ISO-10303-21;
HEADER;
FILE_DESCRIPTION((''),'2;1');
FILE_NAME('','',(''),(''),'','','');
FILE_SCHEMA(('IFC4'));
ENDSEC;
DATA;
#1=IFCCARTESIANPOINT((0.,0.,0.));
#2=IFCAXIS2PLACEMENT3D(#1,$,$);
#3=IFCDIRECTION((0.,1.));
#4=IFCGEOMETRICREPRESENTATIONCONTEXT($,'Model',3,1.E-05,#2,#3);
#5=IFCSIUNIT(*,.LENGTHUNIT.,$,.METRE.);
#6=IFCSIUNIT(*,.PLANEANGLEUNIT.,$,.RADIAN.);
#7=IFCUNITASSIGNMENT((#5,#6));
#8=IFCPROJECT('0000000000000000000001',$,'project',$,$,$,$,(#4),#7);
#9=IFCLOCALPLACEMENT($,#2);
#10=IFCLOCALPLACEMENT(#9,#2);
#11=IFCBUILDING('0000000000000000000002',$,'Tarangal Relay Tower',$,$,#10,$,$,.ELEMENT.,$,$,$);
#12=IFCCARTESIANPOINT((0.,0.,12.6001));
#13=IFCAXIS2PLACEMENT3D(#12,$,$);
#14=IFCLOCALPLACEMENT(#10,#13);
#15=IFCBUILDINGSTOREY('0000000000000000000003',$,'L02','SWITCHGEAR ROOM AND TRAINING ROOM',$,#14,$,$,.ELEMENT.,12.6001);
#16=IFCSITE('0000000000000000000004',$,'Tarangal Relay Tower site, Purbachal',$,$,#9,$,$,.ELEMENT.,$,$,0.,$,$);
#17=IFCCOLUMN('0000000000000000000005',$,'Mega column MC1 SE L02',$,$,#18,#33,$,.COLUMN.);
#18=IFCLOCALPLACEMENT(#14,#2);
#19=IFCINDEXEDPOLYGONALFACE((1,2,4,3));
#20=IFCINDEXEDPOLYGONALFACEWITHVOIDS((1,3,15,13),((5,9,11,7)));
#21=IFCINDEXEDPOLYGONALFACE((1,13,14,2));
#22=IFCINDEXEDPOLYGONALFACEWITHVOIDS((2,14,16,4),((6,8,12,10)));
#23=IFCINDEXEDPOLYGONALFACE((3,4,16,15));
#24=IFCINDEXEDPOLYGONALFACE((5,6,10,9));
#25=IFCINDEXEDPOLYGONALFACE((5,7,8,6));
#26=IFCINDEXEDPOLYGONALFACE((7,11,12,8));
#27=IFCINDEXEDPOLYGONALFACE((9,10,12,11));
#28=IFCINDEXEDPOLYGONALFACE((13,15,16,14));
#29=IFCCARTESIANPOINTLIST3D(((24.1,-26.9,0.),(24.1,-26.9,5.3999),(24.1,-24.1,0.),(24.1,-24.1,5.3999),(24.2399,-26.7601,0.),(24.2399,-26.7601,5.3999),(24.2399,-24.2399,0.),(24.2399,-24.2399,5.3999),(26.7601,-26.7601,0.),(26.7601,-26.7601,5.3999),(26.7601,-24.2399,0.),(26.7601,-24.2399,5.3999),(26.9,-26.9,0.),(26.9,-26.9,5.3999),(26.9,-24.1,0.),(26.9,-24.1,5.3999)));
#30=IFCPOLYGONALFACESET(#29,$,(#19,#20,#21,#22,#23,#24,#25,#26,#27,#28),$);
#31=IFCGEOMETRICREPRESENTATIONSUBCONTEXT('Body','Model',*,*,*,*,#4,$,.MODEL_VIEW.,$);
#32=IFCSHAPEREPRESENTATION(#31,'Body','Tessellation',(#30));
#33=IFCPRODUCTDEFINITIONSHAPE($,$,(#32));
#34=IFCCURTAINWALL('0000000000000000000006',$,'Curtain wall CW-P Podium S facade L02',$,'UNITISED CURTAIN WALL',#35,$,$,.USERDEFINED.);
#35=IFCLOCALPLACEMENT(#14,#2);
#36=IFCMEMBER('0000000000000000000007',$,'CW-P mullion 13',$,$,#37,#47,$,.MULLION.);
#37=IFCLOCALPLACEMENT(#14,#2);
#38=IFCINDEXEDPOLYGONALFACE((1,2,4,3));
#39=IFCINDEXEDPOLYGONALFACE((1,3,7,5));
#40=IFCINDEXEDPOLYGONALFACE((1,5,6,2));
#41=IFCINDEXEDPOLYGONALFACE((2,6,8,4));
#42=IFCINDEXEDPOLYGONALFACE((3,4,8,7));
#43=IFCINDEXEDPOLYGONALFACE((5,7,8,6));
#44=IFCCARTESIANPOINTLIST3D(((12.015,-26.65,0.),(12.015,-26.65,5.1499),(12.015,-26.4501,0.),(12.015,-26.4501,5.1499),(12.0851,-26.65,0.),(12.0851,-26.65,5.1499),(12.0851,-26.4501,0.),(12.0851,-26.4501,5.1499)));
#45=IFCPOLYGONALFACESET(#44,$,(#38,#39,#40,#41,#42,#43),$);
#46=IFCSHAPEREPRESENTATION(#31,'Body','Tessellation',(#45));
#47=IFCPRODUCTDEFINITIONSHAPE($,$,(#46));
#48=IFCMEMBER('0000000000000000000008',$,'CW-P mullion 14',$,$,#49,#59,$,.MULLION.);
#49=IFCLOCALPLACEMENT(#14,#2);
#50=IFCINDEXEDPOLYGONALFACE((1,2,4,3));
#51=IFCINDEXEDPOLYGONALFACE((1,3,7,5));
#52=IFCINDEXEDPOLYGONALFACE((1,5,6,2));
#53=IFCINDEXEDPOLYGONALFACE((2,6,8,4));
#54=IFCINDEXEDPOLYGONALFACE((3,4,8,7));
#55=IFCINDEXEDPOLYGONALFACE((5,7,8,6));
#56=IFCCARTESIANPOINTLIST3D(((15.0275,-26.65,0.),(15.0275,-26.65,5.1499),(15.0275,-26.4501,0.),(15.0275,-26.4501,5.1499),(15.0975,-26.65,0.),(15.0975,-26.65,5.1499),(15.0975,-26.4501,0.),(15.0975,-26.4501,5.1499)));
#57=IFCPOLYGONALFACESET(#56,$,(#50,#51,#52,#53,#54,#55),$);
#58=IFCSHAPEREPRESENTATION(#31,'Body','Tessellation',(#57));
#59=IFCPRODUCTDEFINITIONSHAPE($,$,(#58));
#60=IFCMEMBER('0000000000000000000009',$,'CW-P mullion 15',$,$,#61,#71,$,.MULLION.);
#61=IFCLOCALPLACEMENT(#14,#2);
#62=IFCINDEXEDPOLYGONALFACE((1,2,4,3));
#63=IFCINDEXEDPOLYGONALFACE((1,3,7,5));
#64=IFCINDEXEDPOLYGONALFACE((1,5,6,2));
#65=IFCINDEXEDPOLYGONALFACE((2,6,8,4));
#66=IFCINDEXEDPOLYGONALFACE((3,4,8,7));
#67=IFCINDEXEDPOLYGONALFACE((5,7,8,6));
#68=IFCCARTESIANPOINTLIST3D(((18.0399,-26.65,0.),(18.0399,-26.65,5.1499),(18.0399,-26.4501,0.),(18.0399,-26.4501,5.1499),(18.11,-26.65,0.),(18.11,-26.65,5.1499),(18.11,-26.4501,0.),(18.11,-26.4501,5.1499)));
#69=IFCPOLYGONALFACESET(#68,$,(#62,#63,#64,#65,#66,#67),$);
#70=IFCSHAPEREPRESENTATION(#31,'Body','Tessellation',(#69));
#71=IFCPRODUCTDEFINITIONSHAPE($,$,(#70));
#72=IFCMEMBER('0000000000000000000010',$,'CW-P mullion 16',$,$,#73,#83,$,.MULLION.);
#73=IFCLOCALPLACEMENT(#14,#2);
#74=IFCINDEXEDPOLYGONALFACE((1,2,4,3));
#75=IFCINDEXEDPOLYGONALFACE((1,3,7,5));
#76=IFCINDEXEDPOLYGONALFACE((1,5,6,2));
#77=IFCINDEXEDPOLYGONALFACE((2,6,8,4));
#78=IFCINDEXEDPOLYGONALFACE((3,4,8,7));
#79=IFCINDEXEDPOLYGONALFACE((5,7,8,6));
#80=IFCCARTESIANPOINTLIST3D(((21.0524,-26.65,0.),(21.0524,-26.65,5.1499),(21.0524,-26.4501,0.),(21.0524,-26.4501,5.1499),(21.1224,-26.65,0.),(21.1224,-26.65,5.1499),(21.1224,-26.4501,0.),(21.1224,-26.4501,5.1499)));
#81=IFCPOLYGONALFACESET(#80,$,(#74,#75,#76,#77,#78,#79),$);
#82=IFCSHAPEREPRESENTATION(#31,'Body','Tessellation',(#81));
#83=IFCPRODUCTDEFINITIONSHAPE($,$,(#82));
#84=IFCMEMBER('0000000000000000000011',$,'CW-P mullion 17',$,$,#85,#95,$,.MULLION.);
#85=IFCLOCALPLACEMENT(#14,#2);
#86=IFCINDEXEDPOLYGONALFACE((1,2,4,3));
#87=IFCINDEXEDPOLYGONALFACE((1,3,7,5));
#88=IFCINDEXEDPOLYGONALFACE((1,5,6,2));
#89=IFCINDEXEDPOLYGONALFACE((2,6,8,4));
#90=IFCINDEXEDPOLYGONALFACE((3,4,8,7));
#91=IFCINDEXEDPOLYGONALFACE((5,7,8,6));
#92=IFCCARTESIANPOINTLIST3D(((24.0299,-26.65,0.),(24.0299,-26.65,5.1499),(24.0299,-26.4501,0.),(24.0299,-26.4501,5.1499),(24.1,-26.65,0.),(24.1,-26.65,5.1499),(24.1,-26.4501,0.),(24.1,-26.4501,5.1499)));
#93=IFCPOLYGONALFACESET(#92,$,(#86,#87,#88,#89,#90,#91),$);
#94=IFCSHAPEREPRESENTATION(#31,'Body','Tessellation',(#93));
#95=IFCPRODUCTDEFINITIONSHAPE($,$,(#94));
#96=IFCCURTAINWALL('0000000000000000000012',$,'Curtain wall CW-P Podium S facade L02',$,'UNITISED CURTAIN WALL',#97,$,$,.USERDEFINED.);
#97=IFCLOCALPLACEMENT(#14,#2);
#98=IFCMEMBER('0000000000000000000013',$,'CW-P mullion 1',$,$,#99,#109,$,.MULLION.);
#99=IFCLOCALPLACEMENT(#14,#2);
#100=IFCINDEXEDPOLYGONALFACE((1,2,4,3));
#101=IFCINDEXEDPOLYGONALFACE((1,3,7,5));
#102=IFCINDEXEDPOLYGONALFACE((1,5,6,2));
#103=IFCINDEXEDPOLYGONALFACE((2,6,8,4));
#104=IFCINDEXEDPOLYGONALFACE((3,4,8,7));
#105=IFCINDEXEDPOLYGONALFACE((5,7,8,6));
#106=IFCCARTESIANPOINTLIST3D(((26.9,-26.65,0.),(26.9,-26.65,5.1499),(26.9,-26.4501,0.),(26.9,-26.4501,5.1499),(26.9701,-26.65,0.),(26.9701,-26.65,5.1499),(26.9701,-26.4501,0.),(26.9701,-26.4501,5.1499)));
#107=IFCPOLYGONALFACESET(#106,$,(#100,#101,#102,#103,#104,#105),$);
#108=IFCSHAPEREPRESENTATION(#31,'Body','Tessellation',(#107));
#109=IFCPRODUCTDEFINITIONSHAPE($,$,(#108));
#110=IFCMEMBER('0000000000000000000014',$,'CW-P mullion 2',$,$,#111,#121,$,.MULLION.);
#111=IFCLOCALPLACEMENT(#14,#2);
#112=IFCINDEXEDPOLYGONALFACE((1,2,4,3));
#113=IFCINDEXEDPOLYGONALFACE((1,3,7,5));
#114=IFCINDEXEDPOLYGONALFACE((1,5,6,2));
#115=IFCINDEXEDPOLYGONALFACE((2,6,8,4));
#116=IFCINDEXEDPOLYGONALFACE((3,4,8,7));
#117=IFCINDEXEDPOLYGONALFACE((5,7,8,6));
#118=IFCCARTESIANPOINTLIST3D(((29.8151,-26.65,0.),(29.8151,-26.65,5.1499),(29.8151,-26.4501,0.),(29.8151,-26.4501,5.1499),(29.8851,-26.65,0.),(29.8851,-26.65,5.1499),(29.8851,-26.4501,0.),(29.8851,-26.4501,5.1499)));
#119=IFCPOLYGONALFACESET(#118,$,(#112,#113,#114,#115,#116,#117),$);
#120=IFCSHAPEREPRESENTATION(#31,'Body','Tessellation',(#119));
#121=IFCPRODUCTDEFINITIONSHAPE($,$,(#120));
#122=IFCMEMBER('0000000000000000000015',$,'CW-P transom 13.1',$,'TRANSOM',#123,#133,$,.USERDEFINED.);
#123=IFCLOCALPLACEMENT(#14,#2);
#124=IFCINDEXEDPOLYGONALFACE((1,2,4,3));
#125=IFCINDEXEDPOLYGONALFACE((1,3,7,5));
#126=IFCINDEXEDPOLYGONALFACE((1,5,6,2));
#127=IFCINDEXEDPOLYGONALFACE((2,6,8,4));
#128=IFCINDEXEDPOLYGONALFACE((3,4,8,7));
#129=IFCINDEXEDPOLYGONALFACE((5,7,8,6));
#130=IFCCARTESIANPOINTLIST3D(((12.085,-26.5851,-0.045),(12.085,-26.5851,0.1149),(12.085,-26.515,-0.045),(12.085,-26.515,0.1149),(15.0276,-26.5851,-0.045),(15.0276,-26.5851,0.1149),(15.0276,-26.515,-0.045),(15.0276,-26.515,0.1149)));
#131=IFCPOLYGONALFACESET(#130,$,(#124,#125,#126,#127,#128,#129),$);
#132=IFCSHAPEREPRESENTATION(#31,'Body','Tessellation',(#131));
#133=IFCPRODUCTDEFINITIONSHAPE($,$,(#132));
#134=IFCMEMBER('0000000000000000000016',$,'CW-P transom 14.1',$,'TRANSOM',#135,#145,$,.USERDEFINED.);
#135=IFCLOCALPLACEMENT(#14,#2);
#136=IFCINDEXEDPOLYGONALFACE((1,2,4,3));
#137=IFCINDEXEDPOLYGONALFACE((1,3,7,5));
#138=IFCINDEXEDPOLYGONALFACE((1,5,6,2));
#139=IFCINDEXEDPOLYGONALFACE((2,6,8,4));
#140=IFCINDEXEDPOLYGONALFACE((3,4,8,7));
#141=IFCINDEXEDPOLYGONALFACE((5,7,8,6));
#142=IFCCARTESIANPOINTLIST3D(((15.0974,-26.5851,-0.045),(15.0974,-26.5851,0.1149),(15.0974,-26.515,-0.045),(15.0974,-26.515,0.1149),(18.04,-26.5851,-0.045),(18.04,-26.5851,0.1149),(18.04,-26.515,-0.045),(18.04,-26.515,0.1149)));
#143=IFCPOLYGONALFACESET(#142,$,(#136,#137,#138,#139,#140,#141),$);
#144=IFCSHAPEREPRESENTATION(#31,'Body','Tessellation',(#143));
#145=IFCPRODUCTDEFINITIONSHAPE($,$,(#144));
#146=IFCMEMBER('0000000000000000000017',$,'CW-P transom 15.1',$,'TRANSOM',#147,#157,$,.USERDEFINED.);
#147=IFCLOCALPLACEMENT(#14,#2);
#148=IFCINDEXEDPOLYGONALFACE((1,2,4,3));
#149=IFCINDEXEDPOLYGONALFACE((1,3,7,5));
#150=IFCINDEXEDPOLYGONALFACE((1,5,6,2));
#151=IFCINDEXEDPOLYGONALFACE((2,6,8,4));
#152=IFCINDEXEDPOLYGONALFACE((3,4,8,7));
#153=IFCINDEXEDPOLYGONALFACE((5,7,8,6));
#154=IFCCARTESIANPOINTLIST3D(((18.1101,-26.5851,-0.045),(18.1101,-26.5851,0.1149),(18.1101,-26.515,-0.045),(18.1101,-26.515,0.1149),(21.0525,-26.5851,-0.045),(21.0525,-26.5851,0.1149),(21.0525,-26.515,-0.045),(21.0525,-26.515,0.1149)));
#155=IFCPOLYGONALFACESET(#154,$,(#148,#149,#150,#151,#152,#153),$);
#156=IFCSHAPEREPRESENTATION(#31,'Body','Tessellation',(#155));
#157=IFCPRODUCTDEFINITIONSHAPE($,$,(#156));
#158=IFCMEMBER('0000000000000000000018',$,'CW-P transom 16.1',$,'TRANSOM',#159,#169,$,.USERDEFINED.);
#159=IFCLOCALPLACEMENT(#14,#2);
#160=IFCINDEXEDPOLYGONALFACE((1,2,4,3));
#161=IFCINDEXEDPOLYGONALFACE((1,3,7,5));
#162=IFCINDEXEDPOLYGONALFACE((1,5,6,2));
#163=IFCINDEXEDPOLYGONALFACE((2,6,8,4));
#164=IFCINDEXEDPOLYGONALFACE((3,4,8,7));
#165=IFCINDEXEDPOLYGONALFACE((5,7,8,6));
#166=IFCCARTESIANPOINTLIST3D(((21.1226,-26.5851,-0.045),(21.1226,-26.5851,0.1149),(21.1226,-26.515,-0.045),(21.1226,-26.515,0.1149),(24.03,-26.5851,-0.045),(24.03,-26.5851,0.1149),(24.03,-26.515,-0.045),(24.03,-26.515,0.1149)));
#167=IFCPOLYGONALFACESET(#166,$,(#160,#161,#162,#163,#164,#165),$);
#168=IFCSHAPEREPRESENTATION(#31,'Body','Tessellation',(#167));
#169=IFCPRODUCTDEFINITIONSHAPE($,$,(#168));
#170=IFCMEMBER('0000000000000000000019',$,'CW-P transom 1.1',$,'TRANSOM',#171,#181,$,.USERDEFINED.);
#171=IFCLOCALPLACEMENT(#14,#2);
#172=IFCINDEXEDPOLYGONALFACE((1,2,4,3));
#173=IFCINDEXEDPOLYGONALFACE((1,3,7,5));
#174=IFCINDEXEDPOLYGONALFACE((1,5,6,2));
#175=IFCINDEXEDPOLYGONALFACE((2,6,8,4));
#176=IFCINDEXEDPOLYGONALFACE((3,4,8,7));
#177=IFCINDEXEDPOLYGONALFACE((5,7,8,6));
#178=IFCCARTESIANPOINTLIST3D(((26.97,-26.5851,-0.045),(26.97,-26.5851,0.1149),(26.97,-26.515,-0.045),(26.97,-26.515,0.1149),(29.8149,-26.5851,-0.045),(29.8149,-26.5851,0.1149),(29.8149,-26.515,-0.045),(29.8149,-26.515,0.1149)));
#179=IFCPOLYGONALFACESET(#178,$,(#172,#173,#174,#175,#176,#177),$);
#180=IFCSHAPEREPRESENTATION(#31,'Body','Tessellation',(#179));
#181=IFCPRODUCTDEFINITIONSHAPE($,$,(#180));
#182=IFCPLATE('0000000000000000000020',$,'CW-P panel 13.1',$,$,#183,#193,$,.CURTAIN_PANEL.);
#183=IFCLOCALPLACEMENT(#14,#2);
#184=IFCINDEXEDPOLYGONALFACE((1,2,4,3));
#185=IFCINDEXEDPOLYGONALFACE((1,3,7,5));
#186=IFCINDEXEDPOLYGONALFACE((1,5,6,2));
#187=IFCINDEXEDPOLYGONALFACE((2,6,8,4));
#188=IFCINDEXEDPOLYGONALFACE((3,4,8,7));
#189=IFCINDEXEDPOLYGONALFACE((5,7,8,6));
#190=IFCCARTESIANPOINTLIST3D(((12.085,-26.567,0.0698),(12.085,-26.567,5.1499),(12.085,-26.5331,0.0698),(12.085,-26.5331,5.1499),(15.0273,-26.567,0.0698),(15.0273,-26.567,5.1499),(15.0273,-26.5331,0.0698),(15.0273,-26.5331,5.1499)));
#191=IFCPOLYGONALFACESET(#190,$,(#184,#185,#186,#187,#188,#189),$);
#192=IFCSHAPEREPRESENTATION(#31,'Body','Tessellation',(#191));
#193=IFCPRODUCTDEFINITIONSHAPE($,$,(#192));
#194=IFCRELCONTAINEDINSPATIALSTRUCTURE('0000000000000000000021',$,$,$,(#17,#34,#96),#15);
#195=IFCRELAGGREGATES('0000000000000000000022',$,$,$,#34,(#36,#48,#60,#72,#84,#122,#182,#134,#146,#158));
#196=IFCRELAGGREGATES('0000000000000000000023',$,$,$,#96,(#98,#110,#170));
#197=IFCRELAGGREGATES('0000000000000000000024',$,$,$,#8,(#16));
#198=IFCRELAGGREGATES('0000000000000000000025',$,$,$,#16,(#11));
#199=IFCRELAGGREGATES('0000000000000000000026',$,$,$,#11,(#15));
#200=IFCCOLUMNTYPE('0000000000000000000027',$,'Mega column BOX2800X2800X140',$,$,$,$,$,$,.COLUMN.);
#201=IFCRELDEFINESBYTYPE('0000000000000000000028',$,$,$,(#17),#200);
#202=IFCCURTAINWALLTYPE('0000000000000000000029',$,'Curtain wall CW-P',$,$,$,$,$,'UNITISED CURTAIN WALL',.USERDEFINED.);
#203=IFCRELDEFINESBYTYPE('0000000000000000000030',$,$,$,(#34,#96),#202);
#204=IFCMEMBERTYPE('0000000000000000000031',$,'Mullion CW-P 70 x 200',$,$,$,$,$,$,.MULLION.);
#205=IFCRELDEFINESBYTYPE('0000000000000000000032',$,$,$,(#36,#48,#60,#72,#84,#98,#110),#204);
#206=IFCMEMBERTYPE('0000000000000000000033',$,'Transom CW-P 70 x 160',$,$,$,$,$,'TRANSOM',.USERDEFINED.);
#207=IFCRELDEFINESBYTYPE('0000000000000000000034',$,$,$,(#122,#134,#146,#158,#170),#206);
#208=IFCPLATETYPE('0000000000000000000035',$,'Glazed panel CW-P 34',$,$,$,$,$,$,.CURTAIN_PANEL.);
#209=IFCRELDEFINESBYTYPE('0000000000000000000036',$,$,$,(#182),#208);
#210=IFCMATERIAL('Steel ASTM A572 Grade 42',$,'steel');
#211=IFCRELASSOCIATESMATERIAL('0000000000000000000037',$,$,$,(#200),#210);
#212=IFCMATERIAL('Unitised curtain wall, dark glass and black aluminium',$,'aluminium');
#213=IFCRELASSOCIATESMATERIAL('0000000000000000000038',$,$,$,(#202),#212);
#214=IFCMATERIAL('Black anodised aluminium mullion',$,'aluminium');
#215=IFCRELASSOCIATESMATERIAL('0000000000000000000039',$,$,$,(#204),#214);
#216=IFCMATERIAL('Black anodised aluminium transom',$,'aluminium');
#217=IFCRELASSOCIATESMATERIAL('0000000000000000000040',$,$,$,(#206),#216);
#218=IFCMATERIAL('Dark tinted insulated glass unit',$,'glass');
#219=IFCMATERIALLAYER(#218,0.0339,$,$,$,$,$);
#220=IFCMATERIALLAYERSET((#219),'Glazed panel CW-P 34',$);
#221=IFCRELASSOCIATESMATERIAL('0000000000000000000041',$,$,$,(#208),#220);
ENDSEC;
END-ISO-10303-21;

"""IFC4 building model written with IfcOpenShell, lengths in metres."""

from ifc_helpers import new_model, si_unit, direction, frame, origin, origin_2d, place, context, subcontext, project, spatial, rectangle, hollow_rectangle, extrude, material, layer, layer_set, material_profile, profile_set, type_object, element, aggregate, save


model = new_model("IFC4")

# Units and contexts
model_context = context("Model", 3, precision=1e-05, world=origin(), true_north=direction((0.0, 1.0)))
body_context = subcontext(model_context, "Body", "Model", "MODEL_VIEW")
ifc_project = project(units=[si_unit("LENGTHUNIT", "METRE"), si_unit("PLANEANGLEUNIT", "RADIAN")], contexts=[model_context])

# Site, building, storey
site_placement = place(None, origin())
site = spatial("IfcSite", under=ifc_project, at=site_placement, Name="Tarangal Relay Tower site, Purbachal", CompositionType="ELEMENT", RefElevation=0.0)
building_placement = place(site_placement, origin())
building = spatial("IfcBuilding", under=site, at=building_placement, Name="Tarangal Relay Tower", CompositionType="ELEMENT")
storey_placement = place(building_placement, frame((0.0, 0.0, 12.6001)))
storey = spatial("IfcBuildingStorey", under=building, at=storey_placement, Name="L02", Description="SWITCHGEAR ROOM AND TRAINING ROOM", CompositionType="ELEMENT", Elevation=12.6001)

# Column
ifc_material_1 = material(Name="Steel ASTM A572 Grade 42", Category="steel")
ifc_material_profile_1 = material_profile(ifc_material_1, hollow_rectangle(XDim=2.8, YDim=2.8, WallThickness=0.1399, at=origin_2d()), Name="BOX2800X2800X140")
ifc_profile_set_1 = profile_set([ifc_material_profile_1], Name="Steel ASTM A572 Grade 42")
column_type = type_object("IfcColumnType", Name="Mega column BOX2800X2800X140", PredefinedType="COLUMN", material=ifc_profile_set_1)
column_placement = place(storey_placement, frame((25.5, -25.5, 0.0), z_axis=(0.0, 0.0, 1.0), x_axis=(1.0, 0.0, 0.0)))
element("IfcColumn", 1, at=column_placement, inside=storey, type_object=column_type, Name="Mega column MC1 SE L02", PredefinedType="COLUMN", context=body_context, shape_type="SweptSolid", body=[
    extrude(hollow_rectangle(XDim=2.8, YDim=2.8, WallThickness=0.1399, at=origin_2d()), origin(), (0.0, 0.0, 1.0), 5.3999),
])

# Curtain walls, members
ifc_material_2 = material(Name="Unitised curtain wall, dark glass and black aluminium", Category="aluminium")
curtain_wall_type = type_object("IfcCurtainWallType", Name="Curtain wall CW-P", ElementType="UNITISED CURTAIN WALL", PredefinedType="USERDEFINED", material=ifc_material_2)
curtain_wall_1_placement = place(storey_placement, origin())
curtain_wall_1 = element("IfcCurtainWall", 2, at=curtain_wall_1_placement, inside=storey, type_object=curtain_wall_type, Name="Curtain wall CW-P Podium S facade L02", ObjectType="UNITISED CURTAIN WALL", PredefinedType="USERDEFINED")
ifc_material_3 = material(Name="Black anodised aluminium mullion", Category="aluminium")
ifc_material_profile_2 = material_profile(ifc_material_3, rectangle(XDim=0.2, YDim=0.0701, at=origin_2d()), Name="CW-PM 70X200")
ifc_profile_set_2 = profile_set([ifc_material_profile_2], Name="Black anodised aluminium mullion")
member_type_1 = type_object("IfcMemberType", Name="Mullion CW-P 70 x 200", PredefinedType="MULLION", material=ifc_profile_set_2)
member_1_placement = place(storey_placement, frame((12.05, -26.55, 0.0), z_axis=(0.0, 0.0, 1.0), x_axis=(0.0, 1.0, 0.0)))
member_1 = element("IfcMember", 3, at=member_1_placement, type_object=member_type_1, Name="CW-P mullion 13", PredefinedType="MULLION", context=body_context, shape_type="SweptSolid", body=[
    extrude(rectangle(XDim=0.2, YDim=0.0701, at=origin_2d()), origin(), (0.0, 0.0, 1.0), 5.1499),
])
member_2_placement = place(storey_placement, frame((15.0625, -26.55, 0.0), z_axis=(0.0, 0.0, 1.0), x_axis=(0.0, 1.0, 0.0)))
member_2 = element("IfcMember", 4, at=member_2_placement, type_object=member_type_1, Name="CW-P mullion 14", PredefinedType="MULLION", context=body_context, shape_type="SweptSolid", body=[
    extrude(rectangle(XDim=0.2, YDim=0.0701, at=origin_2d()), origin(), (0.0, 0.0, 1.0), 5.1499),
])
member_3_placement = place(storey_placement, frame((18.075, -26.55, 0.0), z_axis=(0.0, 0.0, 1.0), x_axis=(0.0, 1.0, 0.0)))
member_3 = element("IfcMember", 5, at=member_3_placement, type_object=member_type_1, Name="CW-P mullion 15", PredefinedType="MULLION", context=body_context, shape_type="SweptSolid", body=[
    extrude(rectangle(XDim=0.2, YDim=0.0701, at=origin_2d()), origin(), (0.0, 0.0, 1.0), 5.1499),
])
member_4_placement = place(storey_placement, frame((21.0874, -26.55, 0.0), z_axis=(0.0, 0.0, 1.0), x_axis=(0.0, 1.0, 0.0)))
member_4 = element("IfcMember", 6, at=member_4_placement, type_object=member_type_1, Name="CW-P mullion 16", PredefinedType="MULLION", context=body_context, shape_type="SweptSolid", body=[
    extrude(rectangle(XDim=0.2, YDim=0.0701, at=origin_2d()), origin(), (0.0, 0.0, 1.0), 5.1499),
])
member_5_placement = place(storey_placement, frame((24.0649, -26.55, 0.0), z_axis=(0.0, 0.0, 1.0), x_axis=(0.0, 1.0, 0.0)))
member_5 = element("IfcMember", 7, at=member_5_placement, type_object=member_type_1, Name="CW-P mullion 17", PredefinedType="MULLION", context=body_context, shape_type="SweptSolid", body=[
    extrude(rectangle(XDim=0.2, YDim=0.0701, at=origin_2d()), origin(), (0.0, 0.0, 1.0), 5.1499),
])
curtain_wall_2_placement = place(storey_placement, origin())
curtain_wall_2 = element("IfcCurtainWall", 8, at=curtain_wall_2_placement, inside=storey, type_object=curtain_wall_type, Name="Curtain wall CW-P Podium S facade L02", ObjectType="UNITISED CURTAIN WALL", PredefinedType="USERDEFINED")
member_6_placement = place(storey_placement, frame((26.9351, -26.55, 0.0), z_axis=(0.0, 0.0, 1.0), x_axis=(0.0, 1.0, 0.0)))
member_6 = element("IfcMember", 9, at=member_6_placement, type_object=member_type_1, Name="CW-P mullion 1", PredefinedType="MULLION", context=body_context, shape_type="SweptSolid", body=[
    extrude(rectangle(XDim=0.2, YDim=0.0701, at=origin_2d()), origin(), (0.0, 0.0, 1.0), 5.1499),
])
member_7_placement = place(storey_placement, frame((29.8501, -26.55, 0.0), z_axis=(0.0, 0.0, 1.0), x_axis=(0.0, 1.0, 0.0)))
member_7 = element("IfcMember", 10, at=member_7_placement, type_object=member_type_1, Name="CW-P mullion 2", PredefinedType="MULLION", context=body_context, shape_type="SweptSolid", body=[
    extrude(rectangle(XDim=0.2, YDim=0.0701, at=origin_2d()), origin(), (0.0, 0.0, 1.0), 5.1499),
])

# Members
ifc_material_4 = material(Name="Black anodised aluminium transom", Category="aluminium")
ifc_material_profile_3 = material_profile(ifc_material_4, rectangle(XDim=0.0701, YDim=0.1599, at=origin_2d()), Name="CW-PT 70X160")
ifc_profile_set_3 = profile_set([ifc_material_profile_3], Name="Black anodised aluminium transom")
member_type_2 = type_object("IfcMemberType", Name="Transom CW-P 70 x 160", ElementType="TRANSOM", PredefinedType="USERDEFINED", material=ifc_profile_set_3)
member_8_placement = place(storey_placement, frame((12.085, -26.55, 0.0349), z_axis=(1.0, 0.0, 0.0), x_axis=(0.0, 1.0, 0.0)))
member_8 = element("IfcMember", 11, at=member_8_placement, type_object=member_type_2, Name="CW-P transom 13.1", ObjectType="TRANSOM", PredefinedType="USERDEFINED", context=body_context, shape_type="SweptSolid", body=[
    extrude(rectangle(XDim=0.0701, YDim=0.1599, at=origin_2d()), origin(), (0.0, 0.0, 1.0), 2.9426),
])
member_9_placement = place(storey_placement, frame((15.0974, -26.55, 0.0349), z_axis=(1.0, 0.0, 0.0), x_axis=(0.0, 1.0, 0.0)))
member_9 = element("IfcMember", 12, at=member_9_placement, type_object=member_type_2, Name="CW-P transom 14.1", ObjectType="TRANSOM", PredefinedType="USERDEFINED", context=body_context, shape_type="SweptSolid", body=[
    extrude(rectangle(XDim=0.0701, YDim=0.1599, at=origin_2d()), origin(), (0.0, 0.0, 1.0), 2.9426),
])
member_10_placement = place(storey_placement, frame((18.1101, -26.55, 0.0349), z_axis=(1.0, 0.0, 0.0), x_axis=(0.0, 1.0, 0.0)))
member_10 = element("IfcMember", 13, at=member_10_placement, type_object=member_type_2, Name="CW-P transom 15.1", ObjectType="TRANSOM", PredefinedType="USERDEFINED", context=body_context, shape_type="SweptSolid", body=[
    extrude(rectangle(XDim=0.0701, YDim=0.1599, at=origin_2d()), origin(), (0.0, 0.0, 1.0), 2.9424),
])
member_11_placement = place(storey_placement, frame((21.1226, -26.55, 0.0349), z_axis=(1.0, 0.0, 0.0), x_axis=(0.0, 1.0, 0.0)))
member_11 = element("IfcMember", 14, at=member_11_placement, type_object=member_type_2, Name="CW-P transom 16.1", ObjectType="TRANSOM", PredefinedType="USERDEFINED", context=body_context, shape_type="SweptSolid", body=[
    extrude(rectangle(XDim=0.0701, YDim=0.1599, at=origin_2d()), origin(), (0.0, 0.0, 1.0), 2.9075),
])
member_12_placement = place(storey_placement, frame((26.97, -26.55, 0.0349), z_axis=(1.0, 0.0, 0.0), x_axis=(0.0, 1.0, 0.0)))
member_12 = element("IfcMember", 15, at=member_12_placement, type_object=member_type_2, Name="CW-P transom 1.1", ObjectType="TRANSOM", PredefinedType="USERDEFINED", context=body_context, shape_type="SweptSolid", body=[
    extrude(rectangle(XDim=0.0701, YDim=0.1599, at=origin_2d()), origin(), (0.0, 0.0, 1.0), 2.845),
])

# Plate
ifc_material_5 = material(Name="Dark tinted insulated glass unit", Category="glass")
ifc_layer = layer(ifc_material_5, 0.0339)
ifc_layer_set = layer_set([ifc_layer], Name="Glazed panel CW-P 34")
plate_type = type_object("IfcPlateType", Name="Glazed panel CW-P 34", PredefinedType="CURTAIN_PANEL", material=ifc_layer_set)
plate_1_placement = place(storey_placement, frame((13.5562, -26.55, 0.0698), z_axis=(0.0, 0.0, 1.0), x_axis=(1.0, 0.0, 0.0)))
plate_1 = element("IfcPlate", 16, at=plate_1_placement, type_object=plate_type, Name="CW-P panel 13.1", PredefinedType="CURTAIN_PANEL", context=body_context, shape_type="SweptSolid", body=[
    extrude(rectangle(XDim=2.9424, YDim=0.0339, at=origin_2d()), origin(), (0.0, 0.0, 1.0), 5.0801),
])
aggregate(curtain_wall_1, [member_1, member_2, member_3, member_4, member_5, member_8, plate_1, member_9, member_10, member_11])
aggregate(curtain_wall_2, [member_6, member_7, member_12])

save(model, "model.ifc")
